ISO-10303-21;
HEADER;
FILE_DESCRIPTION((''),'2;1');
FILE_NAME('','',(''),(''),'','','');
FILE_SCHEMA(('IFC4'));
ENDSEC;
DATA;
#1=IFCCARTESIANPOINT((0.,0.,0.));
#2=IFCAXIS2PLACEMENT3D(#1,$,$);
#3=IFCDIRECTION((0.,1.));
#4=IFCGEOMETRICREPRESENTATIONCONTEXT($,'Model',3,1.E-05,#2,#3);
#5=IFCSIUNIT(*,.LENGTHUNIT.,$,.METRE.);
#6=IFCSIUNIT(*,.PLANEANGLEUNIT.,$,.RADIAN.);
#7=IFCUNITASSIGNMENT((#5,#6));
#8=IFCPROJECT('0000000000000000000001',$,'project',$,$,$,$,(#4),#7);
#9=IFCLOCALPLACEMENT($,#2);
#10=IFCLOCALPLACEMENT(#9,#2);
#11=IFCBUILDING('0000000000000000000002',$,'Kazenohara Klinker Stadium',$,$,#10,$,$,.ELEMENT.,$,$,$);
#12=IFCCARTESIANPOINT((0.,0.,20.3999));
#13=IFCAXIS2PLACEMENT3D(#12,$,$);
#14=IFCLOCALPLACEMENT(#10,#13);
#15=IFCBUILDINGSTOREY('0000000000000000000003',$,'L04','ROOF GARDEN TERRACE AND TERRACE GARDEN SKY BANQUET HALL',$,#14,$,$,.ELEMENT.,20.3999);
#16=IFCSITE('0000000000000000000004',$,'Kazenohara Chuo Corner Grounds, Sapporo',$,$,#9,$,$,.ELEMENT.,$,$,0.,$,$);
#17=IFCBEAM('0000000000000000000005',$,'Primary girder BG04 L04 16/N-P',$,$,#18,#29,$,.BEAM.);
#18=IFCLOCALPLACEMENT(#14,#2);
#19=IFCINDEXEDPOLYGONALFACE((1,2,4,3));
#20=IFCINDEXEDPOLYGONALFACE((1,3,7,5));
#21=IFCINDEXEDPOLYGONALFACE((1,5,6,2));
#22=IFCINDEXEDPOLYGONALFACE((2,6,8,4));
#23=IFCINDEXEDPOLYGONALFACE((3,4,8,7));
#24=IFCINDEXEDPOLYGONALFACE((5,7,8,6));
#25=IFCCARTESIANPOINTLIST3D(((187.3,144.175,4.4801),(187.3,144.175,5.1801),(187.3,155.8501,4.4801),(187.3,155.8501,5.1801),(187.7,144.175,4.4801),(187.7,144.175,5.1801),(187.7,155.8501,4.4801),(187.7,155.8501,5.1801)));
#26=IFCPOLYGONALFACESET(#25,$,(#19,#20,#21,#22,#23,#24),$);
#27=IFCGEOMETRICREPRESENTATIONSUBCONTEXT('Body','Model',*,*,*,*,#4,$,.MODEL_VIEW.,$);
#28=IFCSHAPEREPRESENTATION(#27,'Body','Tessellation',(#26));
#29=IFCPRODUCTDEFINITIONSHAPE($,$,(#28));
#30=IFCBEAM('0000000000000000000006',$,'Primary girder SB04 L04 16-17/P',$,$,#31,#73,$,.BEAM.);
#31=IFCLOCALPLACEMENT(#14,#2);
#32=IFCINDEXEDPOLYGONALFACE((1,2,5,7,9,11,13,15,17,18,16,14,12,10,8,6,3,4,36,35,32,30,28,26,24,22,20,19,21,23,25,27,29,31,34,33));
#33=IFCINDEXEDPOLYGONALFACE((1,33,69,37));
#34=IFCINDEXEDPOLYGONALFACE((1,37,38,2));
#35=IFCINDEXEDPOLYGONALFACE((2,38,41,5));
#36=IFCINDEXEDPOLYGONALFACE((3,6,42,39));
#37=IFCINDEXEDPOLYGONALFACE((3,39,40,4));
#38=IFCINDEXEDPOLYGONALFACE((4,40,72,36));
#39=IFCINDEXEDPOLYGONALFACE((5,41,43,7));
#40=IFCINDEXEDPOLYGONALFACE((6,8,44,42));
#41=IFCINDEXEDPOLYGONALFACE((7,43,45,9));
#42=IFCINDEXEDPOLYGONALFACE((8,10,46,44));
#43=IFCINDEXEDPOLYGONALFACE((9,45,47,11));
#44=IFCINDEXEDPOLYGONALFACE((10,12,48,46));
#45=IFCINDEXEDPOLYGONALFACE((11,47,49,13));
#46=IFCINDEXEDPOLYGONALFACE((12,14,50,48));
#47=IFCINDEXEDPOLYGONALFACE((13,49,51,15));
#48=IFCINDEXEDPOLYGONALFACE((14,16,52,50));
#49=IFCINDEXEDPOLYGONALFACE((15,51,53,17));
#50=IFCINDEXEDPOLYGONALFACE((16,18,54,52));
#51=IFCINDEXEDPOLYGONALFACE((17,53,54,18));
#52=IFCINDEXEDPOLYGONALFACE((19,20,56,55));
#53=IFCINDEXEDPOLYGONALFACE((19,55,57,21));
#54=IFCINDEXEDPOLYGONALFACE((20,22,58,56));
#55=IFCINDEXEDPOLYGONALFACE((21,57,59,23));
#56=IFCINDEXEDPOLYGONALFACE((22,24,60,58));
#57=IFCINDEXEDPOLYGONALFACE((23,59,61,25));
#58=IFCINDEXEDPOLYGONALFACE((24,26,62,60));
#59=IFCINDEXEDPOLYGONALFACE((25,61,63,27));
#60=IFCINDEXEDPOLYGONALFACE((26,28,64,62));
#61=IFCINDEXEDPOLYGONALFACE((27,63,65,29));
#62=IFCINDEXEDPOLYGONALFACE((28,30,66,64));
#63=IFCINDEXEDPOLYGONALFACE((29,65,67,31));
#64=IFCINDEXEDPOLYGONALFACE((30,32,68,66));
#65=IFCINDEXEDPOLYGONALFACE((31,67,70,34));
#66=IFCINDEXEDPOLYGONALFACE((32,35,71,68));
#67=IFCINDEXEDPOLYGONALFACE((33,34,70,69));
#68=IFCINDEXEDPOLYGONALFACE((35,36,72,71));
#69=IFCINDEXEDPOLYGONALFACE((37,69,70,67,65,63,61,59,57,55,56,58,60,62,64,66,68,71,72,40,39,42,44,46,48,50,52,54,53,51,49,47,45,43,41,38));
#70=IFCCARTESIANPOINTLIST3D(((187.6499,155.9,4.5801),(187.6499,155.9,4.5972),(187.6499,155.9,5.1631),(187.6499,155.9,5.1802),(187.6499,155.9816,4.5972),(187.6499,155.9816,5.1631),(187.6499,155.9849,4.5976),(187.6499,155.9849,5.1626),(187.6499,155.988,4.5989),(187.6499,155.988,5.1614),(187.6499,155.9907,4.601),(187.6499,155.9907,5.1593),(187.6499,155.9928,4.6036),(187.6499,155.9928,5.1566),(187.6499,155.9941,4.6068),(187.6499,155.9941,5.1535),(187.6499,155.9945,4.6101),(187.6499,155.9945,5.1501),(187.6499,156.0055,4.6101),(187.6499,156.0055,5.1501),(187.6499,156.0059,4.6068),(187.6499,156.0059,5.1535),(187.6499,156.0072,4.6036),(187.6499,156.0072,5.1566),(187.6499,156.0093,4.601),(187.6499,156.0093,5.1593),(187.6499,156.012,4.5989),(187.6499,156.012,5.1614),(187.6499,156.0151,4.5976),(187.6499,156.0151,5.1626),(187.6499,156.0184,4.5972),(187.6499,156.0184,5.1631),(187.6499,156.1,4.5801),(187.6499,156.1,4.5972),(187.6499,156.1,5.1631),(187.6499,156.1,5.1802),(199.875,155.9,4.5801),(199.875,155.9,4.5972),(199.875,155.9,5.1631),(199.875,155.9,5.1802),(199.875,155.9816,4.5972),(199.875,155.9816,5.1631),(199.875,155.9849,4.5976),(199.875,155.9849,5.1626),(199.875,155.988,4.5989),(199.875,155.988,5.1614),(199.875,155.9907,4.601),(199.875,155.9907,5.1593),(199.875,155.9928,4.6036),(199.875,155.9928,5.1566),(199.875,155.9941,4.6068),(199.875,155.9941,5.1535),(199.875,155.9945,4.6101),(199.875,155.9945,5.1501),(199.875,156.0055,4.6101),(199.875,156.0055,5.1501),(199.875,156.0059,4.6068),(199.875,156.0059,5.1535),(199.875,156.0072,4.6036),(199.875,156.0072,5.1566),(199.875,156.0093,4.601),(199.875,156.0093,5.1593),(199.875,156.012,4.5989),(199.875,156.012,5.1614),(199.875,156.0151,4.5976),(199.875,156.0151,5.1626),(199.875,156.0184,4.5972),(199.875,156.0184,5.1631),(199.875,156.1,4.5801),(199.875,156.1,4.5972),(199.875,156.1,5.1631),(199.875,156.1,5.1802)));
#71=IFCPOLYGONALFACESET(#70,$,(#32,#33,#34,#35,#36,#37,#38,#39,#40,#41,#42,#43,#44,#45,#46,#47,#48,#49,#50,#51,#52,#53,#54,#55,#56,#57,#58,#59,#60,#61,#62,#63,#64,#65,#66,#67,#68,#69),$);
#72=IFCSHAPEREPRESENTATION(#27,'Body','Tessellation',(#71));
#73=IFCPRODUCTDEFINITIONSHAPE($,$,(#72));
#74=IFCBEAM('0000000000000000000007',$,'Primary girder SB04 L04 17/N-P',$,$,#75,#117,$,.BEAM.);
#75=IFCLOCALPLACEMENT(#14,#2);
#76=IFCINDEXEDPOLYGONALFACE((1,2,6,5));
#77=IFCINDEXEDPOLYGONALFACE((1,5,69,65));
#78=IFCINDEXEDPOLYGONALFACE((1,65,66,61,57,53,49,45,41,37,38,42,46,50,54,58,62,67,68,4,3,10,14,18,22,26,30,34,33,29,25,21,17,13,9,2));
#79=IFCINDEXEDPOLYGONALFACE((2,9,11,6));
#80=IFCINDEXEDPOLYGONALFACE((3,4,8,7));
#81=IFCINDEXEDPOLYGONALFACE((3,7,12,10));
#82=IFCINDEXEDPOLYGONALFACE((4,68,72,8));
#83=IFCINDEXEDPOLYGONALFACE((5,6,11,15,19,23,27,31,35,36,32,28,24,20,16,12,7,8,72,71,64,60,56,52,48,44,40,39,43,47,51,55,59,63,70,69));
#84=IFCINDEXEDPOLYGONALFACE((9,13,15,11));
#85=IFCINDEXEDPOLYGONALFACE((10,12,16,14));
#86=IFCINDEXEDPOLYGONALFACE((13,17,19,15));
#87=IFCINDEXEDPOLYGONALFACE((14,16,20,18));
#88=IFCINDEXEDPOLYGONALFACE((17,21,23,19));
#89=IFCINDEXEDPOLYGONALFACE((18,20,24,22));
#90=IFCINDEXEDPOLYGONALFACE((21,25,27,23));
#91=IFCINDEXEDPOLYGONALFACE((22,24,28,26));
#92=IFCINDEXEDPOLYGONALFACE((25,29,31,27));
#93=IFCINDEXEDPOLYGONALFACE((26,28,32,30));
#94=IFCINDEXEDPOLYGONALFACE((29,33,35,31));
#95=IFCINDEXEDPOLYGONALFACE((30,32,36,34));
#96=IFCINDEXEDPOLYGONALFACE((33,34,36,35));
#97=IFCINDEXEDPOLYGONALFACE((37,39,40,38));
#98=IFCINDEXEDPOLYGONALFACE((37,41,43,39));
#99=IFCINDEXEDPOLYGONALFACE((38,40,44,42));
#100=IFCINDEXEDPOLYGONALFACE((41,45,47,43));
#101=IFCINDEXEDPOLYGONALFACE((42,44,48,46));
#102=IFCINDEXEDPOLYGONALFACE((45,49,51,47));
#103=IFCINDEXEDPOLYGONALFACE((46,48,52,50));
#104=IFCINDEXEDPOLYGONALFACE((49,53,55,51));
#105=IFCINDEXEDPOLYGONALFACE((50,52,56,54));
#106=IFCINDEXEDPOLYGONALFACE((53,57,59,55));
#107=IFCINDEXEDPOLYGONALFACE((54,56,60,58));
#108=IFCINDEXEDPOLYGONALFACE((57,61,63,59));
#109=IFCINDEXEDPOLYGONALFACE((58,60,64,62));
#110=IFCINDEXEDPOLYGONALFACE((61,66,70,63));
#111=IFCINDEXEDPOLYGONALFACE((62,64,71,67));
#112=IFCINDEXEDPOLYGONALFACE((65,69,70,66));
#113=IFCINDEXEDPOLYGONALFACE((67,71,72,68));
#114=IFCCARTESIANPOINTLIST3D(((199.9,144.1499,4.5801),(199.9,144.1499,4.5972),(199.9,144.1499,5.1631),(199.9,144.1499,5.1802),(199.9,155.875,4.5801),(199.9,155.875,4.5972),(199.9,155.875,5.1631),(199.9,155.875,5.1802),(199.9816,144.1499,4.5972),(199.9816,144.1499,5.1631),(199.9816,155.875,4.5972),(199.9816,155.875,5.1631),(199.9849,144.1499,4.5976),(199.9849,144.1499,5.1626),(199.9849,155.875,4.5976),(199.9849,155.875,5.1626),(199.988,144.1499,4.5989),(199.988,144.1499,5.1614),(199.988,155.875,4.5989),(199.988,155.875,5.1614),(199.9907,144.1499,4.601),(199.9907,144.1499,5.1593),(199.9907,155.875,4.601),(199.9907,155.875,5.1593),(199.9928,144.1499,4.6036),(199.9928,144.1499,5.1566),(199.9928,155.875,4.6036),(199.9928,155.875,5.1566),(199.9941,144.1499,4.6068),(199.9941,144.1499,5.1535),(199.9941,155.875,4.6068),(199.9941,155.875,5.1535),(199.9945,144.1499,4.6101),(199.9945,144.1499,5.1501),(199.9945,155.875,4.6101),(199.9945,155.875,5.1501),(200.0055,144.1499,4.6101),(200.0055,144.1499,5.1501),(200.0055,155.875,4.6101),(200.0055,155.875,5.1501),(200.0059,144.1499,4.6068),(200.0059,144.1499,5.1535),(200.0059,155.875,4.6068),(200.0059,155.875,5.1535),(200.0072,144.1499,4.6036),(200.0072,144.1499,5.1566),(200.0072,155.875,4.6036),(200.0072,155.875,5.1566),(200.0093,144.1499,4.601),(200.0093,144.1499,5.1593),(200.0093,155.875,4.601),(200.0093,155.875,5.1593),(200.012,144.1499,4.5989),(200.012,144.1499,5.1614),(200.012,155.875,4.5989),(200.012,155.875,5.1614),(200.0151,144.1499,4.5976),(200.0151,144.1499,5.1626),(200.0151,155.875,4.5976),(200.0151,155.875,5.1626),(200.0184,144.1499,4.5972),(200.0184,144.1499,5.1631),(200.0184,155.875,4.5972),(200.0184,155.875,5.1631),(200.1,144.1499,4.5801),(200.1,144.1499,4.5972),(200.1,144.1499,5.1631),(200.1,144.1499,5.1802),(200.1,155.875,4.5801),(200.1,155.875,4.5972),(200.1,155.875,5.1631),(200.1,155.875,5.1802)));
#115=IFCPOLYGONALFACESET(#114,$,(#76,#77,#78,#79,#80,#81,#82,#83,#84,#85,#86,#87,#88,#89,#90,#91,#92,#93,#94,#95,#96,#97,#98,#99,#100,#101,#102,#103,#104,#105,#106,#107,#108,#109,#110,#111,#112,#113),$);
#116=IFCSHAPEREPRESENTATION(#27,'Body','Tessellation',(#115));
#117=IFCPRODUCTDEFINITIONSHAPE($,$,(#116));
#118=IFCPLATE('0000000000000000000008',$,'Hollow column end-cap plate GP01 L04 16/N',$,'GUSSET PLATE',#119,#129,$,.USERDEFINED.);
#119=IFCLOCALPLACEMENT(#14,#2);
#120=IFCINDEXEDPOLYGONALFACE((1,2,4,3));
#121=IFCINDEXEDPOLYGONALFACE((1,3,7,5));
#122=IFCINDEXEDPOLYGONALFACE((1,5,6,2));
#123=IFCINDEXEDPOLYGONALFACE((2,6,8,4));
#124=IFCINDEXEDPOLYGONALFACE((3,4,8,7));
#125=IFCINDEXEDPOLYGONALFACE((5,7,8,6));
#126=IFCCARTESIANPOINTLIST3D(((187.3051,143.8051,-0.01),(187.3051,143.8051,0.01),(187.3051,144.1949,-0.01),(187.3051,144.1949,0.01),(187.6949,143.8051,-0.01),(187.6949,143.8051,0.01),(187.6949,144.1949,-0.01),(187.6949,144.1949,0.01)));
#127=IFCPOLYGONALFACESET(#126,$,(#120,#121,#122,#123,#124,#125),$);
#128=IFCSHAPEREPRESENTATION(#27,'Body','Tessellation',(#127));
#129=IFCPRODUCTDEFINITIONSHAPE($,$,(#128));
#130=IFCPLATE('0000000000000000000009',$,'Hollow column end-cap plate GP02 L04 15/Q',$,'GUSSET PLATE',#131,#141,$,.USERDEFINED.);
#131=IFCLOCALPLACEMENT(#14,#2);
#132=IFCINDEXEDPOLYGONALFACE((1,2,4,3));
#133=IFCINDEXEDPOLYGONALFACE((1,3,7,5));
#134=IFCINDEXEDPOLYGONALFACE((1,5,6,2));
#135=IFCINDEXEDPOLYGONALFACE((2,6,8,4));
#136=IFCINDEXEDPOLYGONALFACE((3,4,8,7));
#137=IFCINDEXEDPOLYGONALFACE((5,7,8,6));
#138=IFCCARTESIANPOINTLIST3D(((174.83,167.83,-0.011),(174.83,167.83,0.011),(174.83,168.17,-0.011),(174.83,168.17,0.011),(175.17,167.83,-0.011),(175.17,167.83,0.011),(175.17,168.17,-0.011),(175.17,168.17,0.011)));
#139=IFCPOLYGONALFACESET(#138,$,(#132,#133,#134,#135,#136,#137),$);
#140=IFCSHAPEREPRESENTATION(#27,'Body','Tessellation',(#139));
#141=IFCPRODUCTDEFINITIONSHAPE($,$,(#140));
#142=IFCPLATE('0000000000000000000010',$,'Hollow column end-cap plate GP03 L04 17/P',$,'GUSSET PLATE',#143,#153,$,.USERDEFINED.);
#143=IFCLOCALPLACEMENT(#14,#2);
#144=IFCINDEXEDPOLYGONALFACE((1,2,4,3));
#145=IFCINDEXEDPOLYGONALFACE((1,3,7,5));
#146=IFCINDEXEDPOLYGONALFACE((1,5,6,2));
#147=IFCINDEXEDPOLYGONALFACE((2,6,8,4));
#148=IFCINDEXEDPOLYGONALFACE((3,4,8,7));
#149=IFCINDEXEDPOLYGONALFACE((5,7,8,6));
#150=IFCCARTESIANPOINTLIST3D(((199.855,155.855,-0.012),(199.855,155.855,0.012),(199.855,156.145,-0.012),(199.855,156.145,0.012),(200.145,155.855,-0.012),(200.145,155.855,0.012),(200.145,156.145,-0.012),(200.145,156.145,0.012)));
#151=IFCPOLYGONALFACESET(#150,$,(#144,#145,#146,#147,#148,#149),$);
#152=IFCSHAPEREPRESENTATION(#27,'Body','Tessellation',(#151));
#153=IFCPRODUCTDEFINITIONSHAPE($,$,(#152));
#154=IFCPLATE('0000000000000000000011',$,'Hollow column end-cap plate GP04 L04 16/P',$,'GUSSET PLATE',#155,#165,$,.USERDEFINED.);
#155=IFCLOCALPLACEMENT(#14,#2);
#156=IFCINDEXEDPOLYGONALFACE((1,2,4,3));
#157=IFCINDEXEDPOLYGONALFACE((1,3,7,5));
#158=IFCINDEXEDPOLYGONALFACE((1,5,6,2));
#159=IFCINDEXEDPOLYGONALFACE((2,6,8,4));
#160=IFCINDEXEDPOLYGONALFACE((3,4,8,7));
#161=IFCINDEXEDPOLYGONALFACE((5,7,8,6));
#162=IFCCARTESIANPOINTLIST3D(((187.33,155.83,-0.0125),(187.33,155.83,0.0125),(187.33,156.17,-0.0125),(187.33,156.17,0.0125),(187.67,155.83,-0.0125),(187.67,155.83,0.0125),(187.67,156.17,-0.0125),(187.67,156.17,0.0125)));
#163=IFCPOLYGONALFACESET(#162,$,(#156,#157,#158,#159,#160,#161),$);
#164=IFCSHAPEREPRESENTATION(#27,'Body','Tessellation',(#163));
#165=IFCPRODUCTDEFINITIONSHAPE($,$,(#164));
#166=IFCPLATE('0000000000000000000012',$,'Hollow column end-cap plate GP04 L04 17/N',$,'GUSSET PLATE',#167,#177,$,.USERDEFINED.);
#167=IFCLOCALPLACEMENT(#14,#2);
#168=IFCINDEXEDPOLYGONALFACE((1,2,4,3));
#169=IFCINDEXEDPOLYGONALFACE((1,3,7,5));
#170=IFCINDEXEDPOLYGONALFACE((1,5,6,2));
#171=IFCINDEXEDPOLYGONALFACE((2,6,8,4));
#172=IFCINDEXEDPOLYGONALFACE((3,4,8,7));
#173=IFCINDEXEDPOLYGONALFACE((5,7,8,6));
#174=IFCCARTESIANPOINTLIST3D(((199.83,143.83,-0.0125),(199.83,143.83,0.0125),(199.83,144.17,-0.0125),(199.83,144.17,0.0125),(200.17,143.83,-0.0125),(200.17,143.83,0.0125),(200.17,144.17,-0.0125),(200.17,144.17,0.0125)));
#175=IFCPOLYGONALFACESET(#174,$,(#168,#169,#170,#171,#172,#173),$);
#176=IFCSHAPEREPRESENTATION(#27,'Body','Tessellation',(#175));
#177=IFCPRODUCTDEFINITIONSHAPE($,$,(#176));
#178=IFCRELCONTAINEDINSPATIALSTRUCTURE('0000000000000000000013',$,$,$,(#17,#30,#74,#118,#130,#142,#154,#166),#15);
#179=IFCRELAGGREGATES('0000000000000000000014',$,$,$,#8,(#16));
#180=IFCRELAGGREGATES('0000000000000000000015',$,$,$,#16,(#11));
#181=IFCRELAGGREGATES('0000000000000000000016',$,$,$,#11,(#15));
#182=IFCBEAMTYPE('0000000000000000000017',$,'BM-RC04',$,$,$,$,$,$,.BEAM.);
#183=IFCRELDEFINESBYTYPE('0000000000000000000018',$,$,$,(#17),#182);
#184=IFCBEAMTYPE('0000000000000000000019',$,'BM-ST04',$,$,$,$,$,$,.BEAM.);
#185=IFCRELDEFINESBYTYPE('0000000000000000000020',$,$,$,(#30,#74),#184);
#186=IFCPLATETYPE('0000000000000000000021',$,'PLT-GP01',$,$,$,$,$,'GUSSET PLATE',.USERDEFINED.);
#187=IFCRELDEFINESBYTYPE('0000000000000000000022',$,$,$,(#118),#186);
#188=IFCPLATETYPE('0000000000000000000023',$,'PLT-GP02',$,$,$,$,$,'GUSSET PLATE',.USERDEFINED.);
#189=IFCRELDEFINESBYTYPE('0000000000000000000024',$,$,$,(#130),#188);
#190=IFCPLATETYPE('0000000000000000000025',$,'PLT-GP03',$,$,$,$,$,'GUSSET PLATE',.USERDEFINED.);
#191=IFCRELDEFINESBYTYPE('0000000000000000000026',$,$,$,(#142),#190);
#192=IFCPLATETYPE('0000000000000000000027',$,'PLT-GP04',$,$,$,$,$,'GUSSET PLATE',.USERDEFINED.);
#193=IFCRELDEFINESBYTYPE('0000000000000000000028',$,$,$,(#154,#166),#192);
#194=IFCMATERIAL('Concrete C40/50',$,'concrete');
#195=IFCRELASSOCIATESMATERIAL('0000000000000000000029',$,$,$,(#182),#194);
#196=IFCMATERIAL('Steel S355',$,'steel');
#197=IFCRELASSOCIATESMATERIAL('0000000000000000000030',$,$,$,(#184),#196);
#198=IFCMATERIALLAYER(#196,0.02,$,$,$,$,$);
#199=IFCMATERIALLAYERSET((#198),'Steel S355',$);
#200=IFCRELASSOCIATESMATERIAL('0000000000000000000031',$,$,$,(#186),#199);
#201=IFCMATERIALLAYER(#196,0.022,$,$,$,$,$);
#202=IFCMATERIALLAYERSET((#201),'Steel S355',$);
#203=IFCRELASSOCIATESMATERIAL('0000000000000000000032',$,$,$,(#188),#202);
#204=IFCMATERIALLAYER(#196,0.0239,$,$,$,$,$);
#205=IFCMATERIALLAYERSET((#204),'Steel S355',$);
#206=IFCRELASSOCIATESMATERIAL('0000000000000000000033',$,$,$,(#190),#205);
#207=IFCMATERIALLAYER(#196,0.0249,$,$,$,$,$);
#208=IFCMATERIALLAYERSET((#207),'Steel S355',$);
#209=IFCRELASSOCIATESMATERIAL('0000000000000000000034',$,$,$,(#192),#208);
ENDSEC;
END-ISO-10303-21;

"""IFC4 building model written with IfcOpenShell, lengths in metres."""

from ifc_helpers import new_model, si_unit, direction, frame, origin, origin_2d, place, context, subcontext, project, spatial, rectangle, i_section, extrude, material, layer, layer_set, material_profile, profile_set, type_object, element, save


model = new_model("IFC4")

# Units and contexts
model_context = context("Model", 3, precision=1e-05, world=origin(), true_north=direction((0.0, 1.0)))
body_context = subcontext(model_context, "Body", "Model", "MODEL_VIEW")
ifc_project = project(units=[si_unit("LENGTHUNIT", "METRE"), si_unit("PLANEANGLEUNIT", "RADIAN")], contexts=[model_context])

# Site, building, storey
site_placement = place(None, origin())
site = spatial("IfcSite", under=ifc_project, at=site_placement, Name="Kazenohara Chuo Corner Grounds, Sapporo", CompositionType="ELEMENT", RefElevation=0.0)
building_placement = place(site_placement, origin())
building = spatial("IfcBuilding", under=site, at=building_placement, Name="Kazenohara Klinker Stadium", CompositionType="ELEMENT")
storey_placement = place(building_placement, frame((0.0, 0.0, 20.3999)))
storey = spatial("IfcBuildingStorey", under=building, at=storey_placement, Name="L04", Description="ROOF GARDEN TERRACE AND TERRACE GARDEN SKY BANQUET HALL", CompositionType="ELEMENT", Elevation=20.3999)

# Shared definitions
ifc_material_1 = material(Name="Steel S355", Category="steel")

# Beams
ifc_material_2 = material(Name="Concrete C40/50", Category="concrete")
ifc_material_profile_1 = material_profile(ifc_material_2, rectangle(XDim=0.3999, YDim=0.7, at=origin_2d()), Name="RC-BM-400x700")
ifc_profile_set_1 = profile_set([ifc_material_profile_1], Name="Concrete C40/50")
beam_type_1 = type_object("IfcBeamType", Name="BM-RC04", PredefinedType="BEAM", material=ifc_profile_set_1)
beam_1_placement = place(storey_placement, frame((187.5, 144.175, 4.8301), z_axis=(0.0, 1.0, 0.0), x_axis=(-1.0, 0.0, 0.0)))
element("IfcBeam", 1, at=beam_1_placement, inside=storey, type_object=beam_type_1, Name="Primary girder BG04 L04 16/N-P", PredefinedType="BEAM", context=body_context, shape_type="SweptSolid", body=[
    extrude(rectangle(XDim=0.3999, YDim=0.7, at=origin_2d()), origin(), (0.0, 0.0, 1.0), 11.675),
])
ifc_material_profile_2 = material_profile(ifc_material_1, i_section(OverallWidth=0.2, OverallDepth=0.6001, WebThickness=0.011, FlangeThickness=0.0171, FilletRadius=0.0129, at=origin_2d()), Name="H-600x200x11x17")
ifc_profile_set_2 = profile_set([ifc_material_profile_2], Name="Steel S355")
beam_type_2 = type_object("IfcBeamType", Name="BM-ST04", PredefinedType="BEAM", material=ifc_profile_set_2)
beam_2_placement = place(storey_placement, frame((187.6499, 156.0, 4.8801), z_axis=(1.0, 0.0, 0.0), x_axis=(0.0, 1.0, 0.0)))
element("IfcBeam", 2, at=beam_2_placement, inside=storey, type_object=beam_type_2, Name="Primary girder SB04 L04 16-17/P", PredefinedType="BEAM", context=body_context, shape_type="SweptSolid", body=[
    extrude(i_section(OverallWidth=0.2, OverallDepth=0.6001, WebThickness=0.011, FlangeThickness=0.0171, FilletRadius=0.0129, at=origin_2d()), origin(), (0.0, 0.0, 1.0), 12.2251),
])
beam_3_placement = place(storey_placement, frame((200.0, 144.1499, 4.8801), z_axis=(0.0, 1.0, 0.0), x_axis=(-1.0, 0.0, 0.0)))
element("IfcBeam", 3, at=beam_3_placement, inside=storey, type_object=beam_type_2, Name="Primary girder SB04 L04 17/N-P", PredefinedType="BEAM", context=body_context, shape_type="SweptSolid", body=[
    extrude(i_section(OverallWidth=0.2, OverallDepth=0.6001, WebThickness=0.011, FlangeThickness=0.0171, FilletRadius=0.0129, at=origin_2d()), origin(), (0.0, 0.0, 1.0), 11.7251),
])

# Plates
ifc_layer_1 = layer(ifc_material_1, 0.02)
ifc_layer_set_1 = layer_set([ifc_layer_1], Name="Steel S355")
plate_type_1 = type_object("IfcPlateType", Name="PLT-GP01", ElementType="GUSSET PLATE", PredefinedType="USERDEFINED", material=ifc_layer_set_1)
plate_1_placement = place(storey_placement, frame((187.5, 144.0, -0.01), z_axis=(0.0, 0.0, 1.0), x_axis=(1.0, 0.0, 0.0)))
element("IfcPlate", 4, at=plate_1_placement, inside=storey, type_object=plate_type_1, Name="Hollow column end-cap plate GP01 L04 16/N", ObjectType="GUSSET PLATE", PredefinedType="USERDEFINED", context=body_context, shape_type="SweptSolid", body=[
    extrude(rectangle(XDim=0.3899, YDim=0.3899, at=origin_2d()), origin(), (0.0, 0.0, 1.0), 0.02),
])
ifc_layer_2 = layer(ifc_material_1, 0.022)
ifc_layer_set_2 = layer_set([ifc_layer_2], Name="Steel S355")
plate_type_2 = type_object("IfcPlateType", Name="PLT-GP02", ElementType="GUSSET PLATE", PredefinedType="USERDEFINED", material=ifc_layer_set_2)
plate_2_placement = place(storey_placement, frame((175.0, 168.0, -0.011), z_axis=(0.0, 0.0, 1.0), x_axis=(1.0, 0.0, 0.0)))
element("IfcPlate", 5, at=plate_2_placement, inside=storey, type_object=plate_type_2, Name="Hollow column end-cap plate GP02 L04 15/Q", ObjectType="GUSSET PLATE", PredefinedType="USERDEFINED", context=body_context, shape_type="SweptSolid", body=[
    extrude(rectangle(XDim=0.3401, YDim=0.3401, at=origin_2d()), origin(), (0.0, 0.0, 1.0), 0.022),
])
ifc_layer_3 = layer(ifc_material_1, 0.0239)
ifc_layer_set_3 = layer_set([ifc_layer_3], Name="Steel S355")
plate_type_3 = type_object("IfcPlateType", Name="PLT-GP03", ElementType="GUSSET PLATE", PredefinedType="USERDEFINED", material=ifc_layer_set_3)
plate_3_placement = place(storey_placement, frame((200.0, 156.0, -0.012), z_axis=(0.0, 0.0, 1.0), x_axis=(1.0, 0.0, 0.0)))
element("IfcPlate", 6, at=plate_3_placement, inside=storey, type_object=plate_type_3, Name="Hollow column end-cap plate GP03 L04 17/P", ObjectType="GUSSET PLATE", PredefinedType="USERDEFINED", context=body_context, shape_type="SweptSolid", body=[
    extrude(rectangle(XDim=0.29, YDim=0.29, at=origin_2d()), origin(), (0.0, 0.0, 1.0), 0.0239),
])
ifc_layer_4 = layer(ifc_material_1, 0.0249)
ifc_layer_set_4 = layer_set([ifc_layer_4], Name="Steel S355")
plate_type_4 = type_object("IfcPlateType", Name="PLT-GP04", ElementType="GUSSET PLATE", PredefinedType="USERDEFINED", material=ifc_layer_set_4)
for number, where, z_axis, x_axis, name in (
    (7, (187.5, 156.0, -0.0125), (0.0, 0.0, 1.0), (1.0, 0.0, 0.0), "Hollow column end-cap plate GP04 L04 16/P"),
    (8, (200.0, 144.0, -0.0125), (0.0, 0.0, 1.0), (1.0, 0.0, 0.0), "Hollow column end-cap plate GP04 L04 17/N"),
):
    element("IfcPlate", number, at=place(storey_placement, frame(where, z_axis=z_axis, x_axis=x_axis)), inside=storey, type_object=plate_type_4, Name=name, ObjectType="GUSSET PLATE", PredefinedType="USERDEFINED", context=body_context, shape_type="SweptSolid", body=[
        extrude(rectangle(XDim=0.3401, YDim=0.3401, at=origin_2d()), origin(), (0.0, 0.0, 1.0), 0.0249),
    ])

save(model, "model.ifc")
